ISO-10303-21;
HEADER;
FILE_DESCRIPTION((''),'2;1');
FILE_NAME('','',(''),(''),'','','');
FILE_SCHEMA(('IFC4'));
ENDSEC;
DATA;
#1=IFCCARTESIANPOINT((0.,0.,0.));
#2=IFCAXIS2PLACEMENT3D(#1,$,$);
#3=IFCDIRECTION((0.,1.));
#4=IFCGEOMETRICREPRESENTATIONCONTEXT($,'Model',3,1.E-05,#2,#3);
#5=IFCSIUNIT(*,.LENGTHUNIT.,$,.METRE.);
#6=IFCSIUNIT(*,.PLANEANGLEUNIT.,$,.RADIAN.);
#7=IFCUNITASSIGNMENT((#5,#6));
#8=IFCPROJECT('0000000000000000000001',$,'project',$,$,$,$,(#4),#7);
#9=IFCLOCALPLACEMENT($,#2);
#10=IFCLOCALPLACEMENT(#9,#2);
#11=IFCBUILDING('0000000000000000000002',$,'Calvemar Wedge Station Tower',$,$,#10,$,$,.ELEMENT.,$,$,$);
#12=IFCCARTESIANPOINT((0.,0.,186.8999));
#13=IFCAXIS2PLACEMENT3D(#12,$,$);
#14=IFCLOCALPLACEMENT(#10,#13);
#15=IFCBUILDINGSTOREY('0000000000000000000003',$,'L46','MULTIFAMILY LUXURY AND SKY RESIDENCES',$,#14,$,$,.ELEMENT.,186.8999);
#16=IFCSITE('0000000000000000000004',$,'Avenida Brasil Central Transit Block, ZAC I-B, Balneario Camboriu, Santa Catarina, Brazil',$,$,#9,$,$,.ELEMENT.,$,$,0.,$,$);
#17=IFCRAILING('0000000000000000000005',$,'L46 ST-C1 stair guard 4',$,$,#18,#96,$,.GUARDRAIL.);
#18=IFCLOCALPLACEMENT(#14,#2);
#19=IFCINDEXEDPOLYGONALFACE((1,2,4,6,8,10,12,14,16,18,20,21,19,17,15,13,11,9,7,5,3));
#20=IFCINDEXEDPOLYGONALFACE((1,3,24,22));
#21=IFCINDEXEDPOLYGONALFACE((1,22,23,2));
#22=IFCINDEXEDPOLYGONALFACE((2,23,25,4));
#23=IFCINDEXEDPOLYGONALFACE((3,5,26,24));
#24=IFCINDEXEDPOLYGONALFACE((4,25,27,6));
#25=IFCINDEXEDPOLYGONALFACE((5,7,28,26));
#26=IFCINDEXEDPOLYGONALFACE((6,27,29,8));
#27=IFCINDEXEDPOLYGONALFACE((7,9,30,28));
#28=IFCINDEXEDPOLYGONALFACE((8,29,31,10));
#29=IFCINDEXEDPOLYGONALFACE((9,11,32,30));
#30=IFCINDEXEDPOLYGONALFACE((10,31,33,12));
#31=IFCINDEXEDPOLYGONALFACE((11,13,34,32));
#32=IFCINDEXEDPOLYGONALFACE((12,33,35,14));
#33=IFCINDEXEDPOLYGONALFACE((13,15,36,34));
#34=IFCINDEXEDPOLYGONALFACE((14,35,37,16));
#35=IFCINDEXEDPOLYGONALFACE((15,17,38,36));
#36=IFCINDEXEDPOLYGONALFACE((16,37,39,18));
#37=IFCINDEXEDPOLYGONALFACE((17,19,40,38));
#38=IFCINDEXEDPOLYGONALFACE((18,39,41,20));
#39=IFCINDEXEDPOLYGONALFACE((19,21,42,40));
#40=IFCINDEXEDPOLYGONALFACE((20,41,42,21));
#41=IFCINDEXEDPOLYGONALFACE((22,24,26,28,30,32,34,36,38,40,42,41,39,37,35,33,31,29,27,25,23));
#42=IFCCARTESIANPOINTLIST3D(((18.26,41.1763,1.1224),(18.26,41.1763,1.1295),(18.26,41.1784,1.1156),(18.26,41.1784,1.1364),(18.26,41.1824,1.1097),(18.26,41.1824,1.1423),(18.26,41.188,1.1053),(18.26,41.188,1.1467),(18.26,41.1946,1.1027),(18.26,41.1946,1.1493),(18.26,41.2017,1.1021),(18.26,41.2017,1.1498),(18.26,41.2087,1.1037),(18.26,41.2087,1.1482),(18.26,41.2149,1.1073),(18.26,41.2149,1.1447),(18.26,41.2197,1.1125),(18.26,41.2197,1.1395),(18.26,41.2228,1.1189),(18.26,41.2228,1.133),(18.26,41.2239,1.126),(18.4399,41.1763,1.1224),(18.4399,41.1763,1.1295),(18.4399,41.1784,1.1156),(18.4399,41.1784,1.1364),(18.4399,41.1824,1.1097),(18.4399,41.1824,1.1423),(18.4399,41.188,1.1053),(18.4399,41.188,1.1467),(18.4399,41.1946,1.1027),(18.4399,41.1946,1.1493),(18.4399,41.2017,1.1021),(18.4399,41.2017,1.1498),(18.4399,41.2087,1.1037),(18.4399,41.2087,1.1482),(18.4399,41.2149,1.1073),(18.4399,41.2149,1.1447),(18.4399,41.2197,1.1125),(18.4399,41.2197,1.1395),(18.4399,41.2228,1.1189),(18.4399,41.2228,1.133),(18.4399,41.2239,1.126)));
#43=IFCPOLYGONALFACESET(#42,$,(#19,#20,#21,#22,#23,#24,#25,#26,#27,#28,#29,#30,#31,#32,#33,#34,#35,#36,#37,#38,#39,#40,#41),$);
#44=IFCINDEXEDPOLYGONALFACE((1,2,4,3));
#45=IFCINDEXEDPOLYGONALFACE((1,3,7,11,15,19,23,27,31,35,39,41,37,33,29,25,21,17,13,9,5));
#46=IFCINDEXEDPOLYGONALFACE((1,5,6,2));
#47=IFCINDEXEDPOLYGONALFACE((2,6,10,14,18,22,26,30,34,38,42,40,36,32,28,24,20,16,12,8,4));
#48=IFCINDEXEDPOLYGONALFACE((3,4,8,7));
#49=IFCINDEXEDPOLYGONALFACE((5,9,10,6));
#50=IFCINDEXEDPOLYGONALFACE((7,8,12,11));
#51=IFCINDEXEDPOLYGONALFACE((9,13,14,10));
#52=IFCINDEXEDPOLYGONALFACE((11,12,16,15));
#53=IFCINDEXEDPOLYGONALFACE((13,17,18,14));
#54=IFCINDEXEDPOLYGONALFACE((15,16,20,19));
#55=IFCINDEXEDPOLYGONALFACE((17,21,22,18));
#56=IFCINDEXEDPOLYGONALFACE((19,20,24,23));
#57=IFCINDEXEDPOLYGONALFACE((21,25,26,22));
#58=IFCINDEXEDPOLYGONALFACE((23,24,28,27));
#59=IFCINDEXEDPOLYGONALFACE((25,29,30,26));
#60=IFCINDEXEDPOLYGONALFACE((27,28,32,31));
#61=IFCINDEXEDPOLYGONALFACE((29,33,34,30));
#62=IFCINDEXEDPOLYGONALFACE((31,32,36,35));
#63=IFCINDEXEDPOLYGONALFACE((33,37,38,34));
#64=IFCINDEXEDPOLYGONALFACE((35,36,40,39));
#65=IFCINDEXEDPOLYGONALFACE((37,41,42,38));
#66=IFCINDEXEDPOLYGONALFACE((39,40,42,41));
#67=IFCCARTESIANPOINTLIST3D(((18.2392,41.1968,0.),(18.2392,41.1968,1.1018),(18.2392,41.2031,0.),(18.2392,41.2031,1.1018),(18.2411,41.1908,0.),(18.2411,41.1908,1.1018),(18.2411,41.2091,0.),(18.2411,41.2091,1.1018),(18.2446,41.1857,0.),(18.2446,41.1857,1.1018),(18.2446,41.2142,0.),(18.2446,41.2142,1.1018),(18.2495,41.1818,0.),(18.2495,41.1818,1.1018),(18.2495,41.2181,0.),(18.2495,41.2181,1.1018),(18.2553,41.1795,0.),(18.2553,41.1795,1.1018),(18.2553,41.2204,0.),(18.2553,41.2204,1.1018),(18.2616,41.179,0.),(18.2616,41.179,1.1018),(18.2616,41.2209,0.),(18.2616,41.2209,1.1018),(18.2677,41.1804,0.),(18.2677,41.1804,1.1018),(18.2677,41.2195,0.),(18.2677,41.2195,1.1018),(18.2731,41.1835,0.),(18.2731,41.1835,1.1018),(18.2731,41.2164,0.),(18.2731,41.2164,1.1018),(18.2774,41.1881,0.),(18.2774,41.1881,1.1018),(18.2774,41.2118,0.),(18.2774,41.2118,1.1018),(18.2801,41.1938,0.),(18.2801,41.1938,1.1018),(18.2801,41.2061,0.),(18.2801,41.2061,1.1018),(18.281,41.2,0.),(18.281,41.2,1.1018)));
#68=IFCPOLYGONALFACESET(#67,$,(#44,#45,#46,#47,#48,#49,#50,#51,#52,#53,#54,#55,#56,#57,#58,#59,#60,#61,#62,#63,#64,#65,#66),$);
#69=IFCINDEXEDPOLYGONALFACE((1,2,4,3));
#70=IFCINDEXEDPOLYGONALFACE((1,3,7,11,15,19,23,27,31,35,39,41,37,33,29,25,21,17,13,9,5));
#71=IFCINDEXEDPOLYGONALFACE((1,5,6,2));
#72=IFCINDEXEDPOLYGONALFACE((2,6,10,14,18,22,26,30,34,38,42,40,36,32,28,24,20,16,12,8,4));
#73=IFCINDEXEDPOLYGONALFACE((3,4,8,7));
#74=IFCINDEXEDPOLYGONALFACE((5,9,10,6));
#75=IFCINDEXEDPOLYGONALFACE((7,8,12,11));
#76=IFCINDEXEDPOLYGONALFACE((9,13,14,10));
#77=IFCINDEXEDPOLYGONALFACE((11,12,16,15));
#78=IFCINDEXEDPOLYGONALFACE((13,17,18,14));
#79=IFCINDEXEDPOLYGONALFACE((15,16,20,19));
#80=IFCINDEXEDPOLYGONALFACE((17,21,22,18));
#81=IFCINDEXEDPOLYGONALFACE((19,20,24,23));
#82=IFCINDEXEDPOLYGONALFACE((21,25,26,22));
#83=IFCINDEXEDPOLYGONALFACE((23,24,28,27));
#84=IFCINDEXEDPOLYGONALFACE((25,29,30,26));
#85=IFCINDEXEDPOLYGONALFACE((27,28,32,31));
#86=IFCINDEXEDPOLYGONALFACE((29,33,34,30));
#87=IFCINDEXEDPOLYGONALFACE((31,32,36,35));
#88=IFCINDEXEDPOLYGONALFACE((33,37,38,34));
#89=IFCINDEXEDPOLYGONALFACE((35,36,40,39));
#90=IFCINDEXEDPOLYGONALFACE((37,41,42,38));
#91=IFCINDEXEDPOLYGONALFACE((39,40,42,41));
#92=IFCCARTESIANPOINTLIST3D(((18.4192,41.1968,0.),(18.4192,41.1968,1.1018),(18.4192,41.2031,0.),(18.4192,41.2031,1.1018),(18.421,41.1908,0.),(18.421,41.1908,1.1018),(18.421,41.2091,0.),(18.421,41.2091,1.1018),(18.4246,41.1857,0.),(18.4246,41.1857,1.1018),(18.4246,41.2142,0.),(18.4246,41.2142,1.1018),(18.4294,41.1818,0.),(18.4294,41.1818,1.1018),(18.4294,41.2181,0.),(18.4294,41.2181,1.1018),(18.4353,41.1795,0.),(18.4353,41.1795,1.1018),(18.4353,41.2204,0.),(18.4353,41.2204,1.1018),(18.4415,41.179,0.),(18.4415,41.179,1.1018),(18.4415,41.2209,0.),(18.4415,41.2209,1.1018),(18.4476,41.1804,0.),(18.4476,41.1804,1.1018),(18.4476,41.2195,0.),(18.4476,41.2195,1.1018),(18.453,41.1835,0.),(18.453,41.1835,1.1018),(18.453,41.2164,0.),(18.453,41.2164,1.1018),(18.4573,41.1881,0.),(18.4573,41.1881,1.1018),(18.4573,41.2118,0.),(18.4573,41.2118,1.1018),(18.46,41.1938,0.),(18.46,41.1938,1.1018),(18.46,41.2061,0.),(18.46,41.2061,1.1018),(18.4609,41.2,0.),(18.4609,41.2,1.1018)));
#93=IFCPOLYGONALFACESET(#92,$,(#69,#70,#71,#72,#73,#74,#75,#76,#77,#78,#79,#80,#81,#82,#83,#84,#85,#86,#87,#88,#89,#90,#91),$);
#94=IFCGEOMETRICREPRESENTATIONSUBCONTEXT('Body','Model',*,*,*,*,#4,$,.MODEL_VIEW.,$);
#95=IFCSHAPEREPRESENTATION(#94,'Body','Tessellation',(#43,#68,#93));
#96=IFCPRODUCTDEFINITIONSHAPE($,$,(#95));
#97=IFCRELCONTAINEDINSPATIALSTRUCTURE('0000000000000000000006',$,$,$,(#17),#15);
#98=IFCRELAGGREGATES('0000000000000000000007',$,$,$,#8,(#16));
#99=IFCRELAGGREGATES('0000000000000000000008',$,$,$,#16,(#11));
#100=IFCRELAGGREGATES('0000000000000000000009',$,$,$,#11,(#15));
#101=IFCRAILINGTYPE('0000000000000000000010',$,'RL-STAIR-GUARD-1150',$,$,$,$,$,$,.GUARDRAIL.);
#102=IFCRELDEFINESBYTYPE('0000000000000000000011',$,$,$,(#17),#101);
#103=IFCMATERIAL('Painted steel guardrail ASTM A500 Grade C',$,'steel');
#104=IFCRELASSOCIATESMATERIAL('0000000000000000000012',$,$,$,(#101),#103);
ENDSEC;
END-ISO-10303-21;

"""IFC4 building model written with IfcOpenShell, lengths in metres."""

from ifc_helpers import new_model, si_unit, direction, frame, origin, origin_2d, place, context, subcontext, project, spatial, circle, extrude, material, type_object, element, save


model = new_model("IFC4")

# Units and contexts
model_context = context("Model", 3, precision=1e-05, world=origin(), true_north=direction((0.0, 1.0)))
body_context = subcontext(model_context, "Body", "Model", "MODEL_VIEW")
ifc_project = project(units=[si_unit("LENGTHUNIT", "METRE"), si_unit("PLANEANGLEUNIT", "RADIAN")], contexts=[model_context])

# Site, building, storey
site_placement = place(None, origin())
site = spatial("IfcSite", under=ifc_project, at=site_placement, Name="Avenida Brasil Central Transit Block, ZAC I-B, Balneario Camboriu, Santa Catarina, Brazil", CompositionType="ELEMENT", RefElevation=0.0)
building_placement = place(site_placement, origin())
building = spatial("IfcBuilding", under=site, at=building_placement, Name="Calvemar Wedge Station Tower", CompositionType="ELEMENT")
storey_placement = place(building_placement, frame((0.0, 0.0, 186.8999)))
storey = spatial("IfcBuildingStorey", under=building, at=storey_placement, Name="L46", Description="MULTIFAMILY LUXURY AND SKY RESIDENCES", CompositionType="ELEMENT", Elevation=186.8999)

# Railing
ifc_material_1 = material(Name="Painted steel guardrail ASTM A500 Grade C", Category="steel")
railing_type_1 = type_object("IfcRailingType", Name="RL-STAIR-GUARD-1150", PredefinedType="GUARDRAIL", material=ifc_material_1)
railing_1_placement = place(storey_placement, frame((18.26, 41.2, 0.0)))
element("IfcRailing", 1, at=railing_1_placement, inside=storey, type_object=railing_type_1, Name="L46 ST-C1 stair guard 4", PredefinedType="GUARDRAIL", context=body_context, shape_type="SweptSolid", body=[
    extrude(circle(Radius=0.0239, at=origin_2d()), frame((0.0, 0.0, 1.126), z_axis=(1.0, 0.0, 0.0), x_axis=(0.0, 1.0, 0.0)), (0.0, 0.0, 1.0), 0.1799),
    extrude(circle(Radius=0.021, at=origin_2d()), origin(), (0.0, 0.0, 1.0), 1.1018),
    extrude(circle(Radius=0.021, at=origin_2d()), frame((0.1799, 0.0, 0.0)), (0.0, 0.0, 1.0), 1.1018),
])

save(model, "model.ifc")
